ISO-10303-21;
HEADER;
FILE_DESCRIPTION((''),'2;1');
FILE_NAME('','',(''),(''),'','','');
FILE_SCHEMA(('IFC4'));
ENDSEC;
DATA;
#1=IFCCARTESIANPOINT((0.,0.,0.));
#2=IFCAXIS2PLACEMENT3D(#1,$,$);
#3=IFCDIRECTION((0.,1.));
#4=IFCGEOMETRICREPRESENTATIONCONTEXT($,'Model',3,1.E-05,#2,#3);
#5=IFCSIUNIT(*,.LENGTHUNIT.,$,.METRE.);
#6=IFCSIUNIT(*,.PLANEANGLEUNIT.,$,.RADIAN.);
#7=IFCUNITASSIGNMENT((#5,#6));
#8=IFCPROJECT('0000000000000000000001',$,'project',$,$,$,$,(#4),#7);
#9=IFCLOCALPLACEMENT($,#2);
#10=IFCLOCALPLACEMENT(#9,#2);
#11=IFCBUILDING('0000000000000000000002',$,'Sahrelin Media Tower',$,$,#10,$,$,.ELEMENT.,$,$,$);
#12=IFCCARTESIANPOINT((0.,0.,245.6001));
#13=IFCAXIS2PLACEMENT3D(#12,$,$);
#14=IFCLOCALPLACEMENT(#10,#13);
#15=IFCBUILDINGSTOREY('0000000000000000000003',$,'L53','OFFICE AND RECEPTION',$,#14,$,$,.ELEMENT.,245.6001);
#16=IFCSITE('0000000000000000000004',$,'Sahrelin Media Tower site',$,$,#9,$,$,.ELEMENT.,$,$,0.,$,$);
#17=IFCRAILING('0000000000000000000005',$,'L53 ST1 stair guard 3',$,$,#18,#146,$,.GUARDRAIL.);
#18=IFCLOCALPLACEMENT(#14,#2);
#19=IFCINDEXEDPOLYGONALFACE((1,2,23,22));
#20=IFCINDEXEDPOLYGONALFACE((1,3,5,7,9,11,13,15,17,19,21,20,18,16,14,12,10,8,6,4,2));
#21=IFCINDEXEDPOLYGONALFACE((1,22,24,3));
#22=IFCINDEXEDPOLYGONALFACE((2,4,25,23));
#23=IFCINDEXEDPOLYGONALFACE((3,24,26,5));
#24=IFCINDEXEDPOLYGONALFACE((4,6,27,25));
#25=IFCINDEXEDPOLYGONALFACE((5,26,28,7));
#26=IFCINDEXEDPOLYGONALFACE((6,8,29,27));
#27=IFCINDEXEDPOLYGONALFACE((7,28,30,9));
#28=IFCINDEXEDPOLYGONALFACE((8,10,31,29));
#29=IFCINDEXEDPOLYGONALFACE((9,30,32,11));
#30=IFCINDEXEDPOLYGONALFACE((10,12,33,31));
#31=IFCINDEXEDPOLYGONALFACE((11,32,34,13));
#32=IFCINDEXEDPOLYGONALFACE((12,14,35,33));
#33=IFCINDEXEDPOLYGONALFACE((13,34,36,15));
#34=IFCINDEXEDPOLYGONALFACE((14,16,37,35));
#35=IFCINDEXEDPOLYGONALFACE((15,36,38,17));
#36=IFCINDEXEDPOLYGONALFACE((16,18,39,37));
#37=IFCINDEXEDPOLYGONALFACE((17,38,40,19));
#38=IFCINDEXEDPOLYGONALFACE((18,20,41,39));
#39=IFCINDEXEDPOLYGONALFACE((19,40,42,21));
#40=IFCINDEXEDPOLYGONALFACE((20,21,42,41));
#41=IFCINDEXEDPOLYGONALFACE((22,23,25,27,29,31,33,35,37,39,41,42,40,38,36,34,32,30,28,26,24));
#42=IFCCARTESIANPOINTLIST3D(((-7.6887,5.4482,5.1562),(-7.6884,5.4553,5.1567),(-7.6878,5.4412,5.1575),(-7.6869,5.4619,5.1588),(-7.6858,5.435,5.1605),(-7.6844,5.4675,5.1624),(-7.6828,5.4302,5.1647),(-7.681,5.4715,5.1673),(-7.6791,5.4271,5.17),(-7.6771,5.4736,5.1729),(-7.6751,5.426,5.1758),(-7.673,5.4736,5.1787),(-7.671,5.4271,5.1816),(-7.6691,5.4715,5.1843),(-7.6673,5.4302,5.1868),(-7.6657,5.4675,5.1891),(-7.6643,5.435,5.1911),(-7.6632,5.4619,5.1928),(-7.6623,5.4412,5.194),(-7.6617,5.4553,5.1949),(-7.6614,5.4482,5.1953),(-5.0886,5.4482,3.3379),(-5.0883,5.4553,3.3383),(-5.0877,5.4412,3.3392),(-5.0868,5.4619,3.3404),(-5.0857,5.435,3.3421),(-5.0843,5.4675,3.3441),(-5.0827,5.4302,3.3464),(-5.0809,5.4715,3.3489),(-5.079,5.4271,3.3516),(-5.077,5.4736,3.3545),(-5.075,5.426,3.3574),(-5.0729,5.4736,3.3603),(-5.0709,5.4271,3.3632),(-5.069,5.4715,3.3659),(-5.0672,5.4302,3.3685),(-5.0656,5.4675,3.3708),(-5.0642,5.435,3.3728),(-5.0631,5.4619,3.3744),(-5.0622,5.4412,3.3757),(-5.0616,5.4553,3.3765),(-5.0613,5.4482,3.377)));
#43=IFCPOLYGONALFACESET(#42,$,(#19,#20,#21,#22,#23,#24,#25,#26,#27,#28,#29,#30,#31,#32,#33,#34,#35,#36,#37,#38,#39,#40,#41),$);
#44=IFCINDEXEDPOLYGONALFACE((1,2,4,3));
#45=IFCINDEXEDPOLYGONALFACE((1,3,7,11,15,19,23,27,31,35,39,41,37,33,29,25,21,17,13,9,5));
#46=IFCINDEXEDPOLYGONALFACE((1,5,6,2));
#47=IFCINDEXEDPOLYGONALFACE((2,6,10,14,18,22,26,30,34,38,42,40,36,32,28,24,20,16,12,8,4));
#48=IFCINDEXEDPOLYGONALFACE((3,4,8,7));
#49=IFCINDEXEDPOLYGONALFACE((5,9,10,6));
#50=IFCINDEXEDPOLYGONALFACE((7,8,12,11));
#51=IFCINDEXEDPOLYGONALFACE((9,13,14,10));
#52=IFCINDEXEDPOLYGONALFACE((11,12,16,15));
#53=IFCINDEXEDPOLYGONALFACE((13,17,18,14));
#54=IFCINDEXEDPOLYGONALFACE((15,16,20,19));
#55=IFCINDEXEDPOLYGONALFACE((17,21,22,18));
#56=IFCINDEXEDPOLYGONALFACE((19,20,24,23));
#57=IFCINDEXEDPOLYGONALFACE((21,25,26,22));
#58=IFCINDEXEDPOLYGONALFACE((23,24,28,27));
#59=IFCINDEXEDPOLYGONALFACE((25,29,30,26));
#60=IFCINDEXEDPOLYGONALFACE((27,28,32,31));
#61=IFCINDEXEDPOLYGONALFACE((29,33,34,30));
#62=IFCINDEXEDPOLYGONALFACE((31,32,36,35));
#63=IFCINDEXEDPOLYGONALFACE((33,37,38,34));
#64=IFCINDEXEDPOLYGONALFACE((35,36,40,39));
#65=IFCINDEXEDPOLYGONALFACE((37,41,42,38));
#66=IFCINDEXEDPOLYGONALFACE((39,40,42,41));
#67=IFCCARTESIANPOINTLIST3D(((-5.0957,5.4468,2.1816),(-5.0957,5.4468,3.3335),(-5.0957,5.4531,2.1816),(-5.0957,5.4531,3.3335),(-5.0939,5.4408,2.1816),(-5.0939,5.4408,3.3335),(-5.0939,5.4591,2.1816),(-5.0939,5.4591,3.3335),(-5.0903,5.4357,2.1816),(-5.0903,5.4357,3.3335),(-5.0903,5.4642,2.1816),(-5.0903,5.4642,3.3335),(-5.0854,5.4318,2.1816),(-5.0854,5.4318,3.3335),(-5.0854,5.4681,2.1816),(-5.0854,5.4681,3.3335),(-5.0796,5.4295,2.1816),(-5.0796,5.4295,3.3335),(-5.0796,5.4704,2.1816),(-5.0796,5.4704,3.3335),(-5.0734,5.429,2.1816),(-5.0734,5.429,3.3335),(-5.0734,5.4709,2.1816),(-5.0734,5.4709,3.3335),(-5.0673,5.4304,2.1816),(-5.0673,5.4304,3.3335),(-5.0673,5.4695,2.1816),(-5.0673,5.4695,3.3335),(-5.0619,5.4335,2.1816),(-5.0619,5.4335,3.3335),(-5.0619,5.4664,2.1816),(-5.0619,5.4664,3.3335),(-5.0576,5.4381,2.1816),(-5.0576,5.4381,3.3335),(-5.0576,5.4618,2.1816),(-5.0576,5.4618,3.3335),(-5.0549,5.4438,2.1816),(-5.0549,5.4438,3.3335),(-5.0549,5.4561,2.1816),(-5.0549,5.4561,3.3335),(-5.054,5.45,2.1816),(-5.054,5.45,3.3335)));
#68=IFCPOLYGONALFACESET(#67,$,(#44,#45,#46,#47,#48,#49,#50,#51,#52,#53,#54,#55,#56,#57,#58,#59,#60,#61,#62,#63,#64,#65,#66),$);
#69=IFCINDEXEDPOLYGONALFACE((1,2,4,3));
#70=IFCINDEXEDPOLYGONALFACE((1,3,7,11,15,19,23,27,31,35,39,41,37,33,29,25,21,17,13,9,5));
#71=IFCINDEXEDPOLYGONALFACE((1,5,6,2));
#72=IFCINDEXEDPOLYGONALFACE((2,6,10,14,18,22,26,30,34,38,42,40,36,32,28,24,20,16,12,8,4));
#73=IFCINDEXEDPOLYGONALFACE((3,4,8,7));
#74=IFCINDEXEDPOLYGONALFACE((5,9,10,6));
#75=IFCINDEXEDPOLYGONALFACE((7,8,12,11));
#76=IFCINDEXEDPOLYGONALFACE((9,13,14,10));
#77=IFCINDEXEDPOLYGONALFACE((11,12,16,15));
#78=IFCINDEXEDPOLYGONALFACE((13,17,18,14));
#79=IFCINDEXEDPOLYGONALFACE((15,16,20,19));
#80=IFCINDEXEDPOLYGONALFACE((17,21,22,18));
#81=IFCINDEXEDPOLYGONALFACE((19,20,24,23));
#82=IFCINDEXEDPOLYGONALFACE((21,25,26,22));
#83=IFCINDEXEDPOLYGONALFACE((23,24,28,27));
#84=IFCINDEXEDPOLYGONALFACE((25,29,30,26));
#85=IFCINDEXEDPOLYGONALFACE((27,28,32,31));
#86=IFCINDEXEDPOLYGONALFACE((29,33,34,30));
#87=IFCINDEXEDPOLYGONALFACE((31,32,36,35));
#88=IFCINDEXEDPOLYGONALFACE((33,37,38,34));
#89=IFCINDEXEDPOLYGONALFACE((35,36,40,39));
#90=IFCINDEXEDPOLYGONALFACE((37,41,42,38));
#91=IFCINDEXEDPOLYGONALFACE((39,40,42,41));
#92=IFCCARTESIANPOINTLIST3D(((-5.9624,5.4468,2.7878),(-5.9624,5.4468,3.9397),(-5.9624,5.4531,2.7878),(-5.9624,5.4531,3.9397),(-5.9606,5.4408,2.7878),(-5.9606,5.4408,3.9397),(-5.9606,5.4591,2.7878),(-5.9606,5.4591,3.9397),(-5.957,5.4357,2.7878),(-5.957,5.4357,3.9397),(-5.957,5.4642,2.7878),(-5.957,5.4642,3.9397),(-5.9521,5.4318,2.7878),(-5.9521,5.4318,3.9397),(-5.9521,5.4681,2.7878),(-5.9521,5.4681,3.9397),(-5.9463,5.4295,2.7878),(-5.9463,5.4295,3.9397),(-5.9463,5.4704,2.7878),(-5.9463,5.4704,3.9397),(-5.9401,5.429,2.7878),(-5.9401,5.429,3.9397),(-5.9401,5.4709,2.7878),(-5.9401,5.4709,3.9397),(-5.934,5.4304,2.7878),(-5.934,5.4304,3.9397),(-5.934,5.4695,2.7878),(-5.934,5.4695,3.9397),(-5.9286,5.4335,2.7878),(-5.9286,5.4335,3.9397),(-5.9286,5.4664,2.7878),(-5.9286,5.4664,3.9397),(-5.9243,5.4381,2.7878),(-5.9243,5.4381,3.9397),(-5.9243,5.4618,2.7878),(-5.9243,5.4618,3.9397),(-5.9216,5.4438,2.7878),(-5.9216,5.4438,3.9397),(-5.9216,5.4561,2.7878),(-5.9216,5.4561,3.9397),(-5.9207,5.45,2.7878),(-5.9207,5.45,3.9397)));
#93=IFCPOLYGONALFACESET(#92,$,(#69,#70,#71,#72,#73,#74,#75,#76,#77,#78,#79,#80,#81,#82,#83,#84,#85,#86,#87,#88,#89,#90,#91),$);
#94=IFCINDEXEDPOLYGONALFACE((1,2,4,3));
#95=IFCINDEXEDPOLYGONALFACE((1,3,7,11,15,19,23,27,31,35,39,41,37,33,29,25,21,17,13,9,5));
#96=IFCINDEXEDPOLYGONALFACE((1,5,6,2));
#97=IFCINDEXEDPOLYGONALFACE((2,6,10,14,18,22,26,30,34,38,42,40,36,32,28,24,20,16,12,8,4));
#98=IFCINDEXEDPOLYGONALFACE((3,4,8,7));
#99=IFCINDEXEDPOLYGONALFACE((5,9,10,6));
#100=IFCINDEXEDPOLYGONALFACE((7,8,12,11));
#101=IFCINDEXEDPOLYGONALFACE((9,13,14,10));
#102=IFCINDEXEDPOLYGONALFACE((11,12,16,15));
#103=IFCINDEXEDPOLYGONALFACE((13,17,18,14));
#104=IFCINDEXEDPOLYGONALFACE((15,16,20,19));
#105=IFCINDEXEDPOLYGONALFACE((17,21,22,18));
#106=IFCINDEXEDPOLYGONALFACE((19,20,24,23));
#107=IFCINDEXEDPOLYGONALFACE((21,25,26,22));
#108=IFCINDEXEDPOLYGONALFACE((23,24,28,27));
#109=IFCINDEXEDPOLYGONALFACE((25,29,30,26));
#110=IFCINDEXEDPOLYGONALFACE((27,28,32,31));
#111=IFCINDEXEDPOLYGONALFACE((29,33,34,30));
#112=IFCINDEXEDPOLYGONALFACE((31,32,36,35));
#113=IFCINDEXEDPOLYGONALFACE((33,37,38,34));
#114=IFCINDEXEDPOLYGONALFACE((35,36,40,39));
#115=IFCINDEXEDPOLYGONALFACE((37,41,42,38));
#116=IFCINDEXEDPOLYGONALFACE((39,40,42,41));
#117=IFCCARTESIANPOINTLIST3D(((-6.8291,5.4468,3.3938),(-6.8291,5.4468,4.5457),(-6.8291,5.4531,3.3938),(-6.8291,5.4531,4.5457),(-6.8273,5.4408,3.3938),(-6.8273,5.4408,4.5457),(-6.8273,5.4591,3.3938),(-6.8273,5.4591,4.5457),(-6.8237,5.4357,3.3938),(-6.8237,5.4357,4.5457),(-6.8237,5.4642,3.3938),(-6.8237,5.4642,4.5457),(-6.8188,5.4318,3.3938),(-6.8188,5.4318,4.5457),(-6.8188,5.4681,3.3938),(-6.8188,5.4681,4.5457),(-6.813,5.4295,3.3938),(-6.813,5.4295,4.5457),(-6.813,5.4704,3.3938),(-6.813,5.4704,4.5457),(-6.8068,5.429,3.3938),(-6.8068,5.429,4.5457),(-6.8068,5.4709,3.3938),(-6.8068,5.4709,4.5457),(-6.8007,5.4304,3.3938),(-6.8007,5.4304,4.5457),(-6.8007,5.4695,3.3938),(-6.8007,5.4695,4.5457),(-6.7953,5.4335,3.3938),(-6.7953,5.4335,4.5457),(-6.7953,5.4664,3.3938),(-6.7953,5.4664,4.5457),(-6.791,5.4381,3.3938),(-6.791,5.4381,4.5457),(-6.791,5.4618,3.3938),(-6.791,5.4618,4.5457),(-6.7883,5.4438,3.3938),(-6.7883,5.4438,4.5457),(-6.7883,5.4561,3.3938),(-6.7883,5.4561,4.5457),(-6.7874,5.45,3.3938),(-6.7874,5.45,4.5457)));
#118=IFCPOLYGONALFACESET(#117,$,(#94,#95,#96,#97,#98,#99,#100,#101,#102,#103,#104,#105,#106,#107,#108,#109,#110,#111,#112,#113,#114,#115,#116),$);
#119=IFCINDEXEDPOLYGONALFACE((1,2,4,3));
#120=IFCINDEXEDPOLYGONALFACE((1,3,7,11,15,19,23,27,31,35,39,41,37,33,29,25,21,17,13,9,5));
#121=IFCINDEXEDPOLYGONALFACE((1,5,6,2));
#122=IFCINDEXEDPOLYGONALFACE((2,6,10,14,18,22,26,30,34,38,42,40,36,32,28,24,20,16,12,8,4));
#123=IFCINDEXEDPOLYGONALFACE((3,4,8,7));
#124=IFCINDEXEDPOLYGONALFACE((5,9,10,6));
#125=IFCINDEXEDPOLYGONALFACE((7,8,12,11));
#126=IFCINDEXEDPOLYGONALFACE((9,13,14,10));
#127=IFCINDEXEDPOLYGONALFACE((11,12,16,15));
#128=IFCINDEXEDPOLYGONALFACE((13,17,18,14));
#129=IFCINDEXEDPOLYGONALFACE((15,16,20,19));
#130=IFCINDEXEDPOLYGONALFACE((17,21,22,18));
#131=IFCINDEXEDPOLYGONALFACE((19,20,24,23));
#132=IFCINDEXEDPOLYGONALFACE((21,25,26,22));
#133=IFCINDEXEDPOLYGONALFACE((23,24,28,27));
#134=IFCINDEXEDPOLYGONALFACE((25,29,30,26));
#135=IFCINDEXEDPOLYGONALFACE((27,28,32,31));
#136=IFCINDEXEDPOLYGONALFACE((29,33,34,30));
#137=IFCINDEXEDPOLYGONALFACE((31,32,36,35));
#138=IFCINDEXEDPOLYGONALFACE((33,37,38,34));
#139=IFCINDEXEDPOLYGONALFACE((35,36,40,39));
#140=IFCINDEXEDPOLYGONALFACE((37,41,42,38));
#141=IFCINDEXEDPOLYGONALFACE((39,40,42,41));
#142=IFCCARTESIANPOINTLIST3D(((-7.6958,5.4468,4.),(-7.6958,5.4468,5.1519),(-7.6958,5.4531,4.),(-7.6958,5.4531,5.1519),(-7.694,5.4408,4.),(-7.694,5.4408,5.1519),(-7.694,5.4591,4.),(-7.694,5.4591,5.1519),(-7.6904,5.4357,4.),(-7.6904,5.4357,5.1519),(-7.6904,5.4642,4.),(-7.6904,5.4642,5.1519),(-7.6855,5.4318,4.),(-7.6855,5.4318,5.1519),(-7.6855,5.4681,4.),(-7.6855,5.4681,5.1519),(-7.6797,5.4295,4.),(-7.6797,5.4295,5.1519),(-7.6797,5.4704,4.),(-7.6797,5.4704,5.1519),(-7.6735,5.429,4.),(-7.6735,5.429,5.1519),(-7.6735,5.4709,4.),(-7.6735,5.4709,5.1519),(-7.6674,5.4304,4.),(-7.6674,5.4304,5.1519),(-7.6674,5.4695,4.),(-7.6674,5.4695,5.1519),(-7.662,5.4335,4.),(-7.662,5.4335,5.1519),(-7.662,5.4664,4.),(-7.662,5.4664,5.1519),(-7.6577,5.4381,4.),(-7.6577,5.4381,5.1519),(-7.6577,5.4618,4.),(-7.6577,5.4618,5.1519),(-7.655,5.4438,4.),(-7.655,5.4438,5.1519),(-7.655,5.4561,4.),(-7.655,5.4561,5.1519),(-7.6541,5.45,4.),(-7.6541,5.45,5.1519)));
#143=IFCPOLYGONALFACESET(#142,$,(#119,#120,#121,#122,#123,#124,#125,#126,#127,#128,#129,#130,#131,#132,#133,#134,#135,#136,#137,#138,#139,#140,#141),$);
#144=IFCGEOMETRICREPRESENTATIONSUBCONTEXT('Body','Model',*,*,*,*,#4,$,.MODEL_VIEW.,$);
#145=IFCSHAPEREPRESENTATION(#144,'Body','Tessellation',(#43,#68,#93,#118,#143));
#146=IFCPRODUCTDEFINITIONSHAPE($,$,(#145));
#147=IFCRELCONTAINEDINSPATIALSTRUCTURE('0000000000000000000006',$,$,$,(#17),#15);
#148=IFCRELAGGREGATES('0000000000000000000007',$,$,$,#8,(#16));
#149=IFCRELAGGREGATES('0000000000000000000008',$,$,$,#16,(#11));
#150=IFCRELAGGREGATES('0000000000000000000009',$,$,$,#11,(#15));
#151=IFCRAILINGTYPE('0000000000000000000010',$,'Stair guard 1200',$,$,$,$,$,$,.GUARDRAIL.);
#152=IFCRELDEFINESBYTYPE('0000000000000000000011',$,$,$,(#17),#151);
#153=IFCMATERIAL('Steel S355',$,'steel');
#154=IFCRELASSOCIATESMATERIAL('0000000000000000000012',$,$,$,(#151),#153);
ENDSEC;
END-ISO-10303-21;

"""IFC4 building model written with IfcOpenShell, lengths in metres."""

from ifc_helpers import new_model, si_unit, direction, frame, origin, origin_2d, place, context, subcontext, project, spatial, circle, extrude, material, type_object, element, save


model = new_model("IFC4")

# Units and contexts
model_context = context("Model", 3, precision=1e-05, world=origin(), true_north=direction((0.0, 1.0)))
body_context = subcontext(model_context, "Body", "Model", "MODEL_VIEW")
ifc_project = project(units=[si_unit("LENGTHUNIT", "METRE"), si_unit("PLANEANGLEUNIT", "RADIAN")], contexts=[model_context])

# Site, building, storey
site_placement = place(None, origin())
site = spatial("IfcSite", under=ifc_project, at=site_placement, Name="Sahrelin Media Tower site", CompositionType="ELEMENT", RefElevation=0.0)
building_placement = place(site_placement, origin())
building = spatial("IfcBuilding", under=site, at=building_placement, Name="Sahrelin Media Tower", CompositionType="ELEMENT")
storey_placement = place(building_placement, frame((0.0, 0.0, 245.6001)))
storey = spatial("IfcBuildingStorey", under=building, at=storey_placement, Name="L53", Description="OFFICE AND RECEPTION", CompositionType="ELEMENT", Elevation=245.6001)

# Shared definitions
ifc_material_1 = material(Name="Steel S355", Category="steel")

# Railing
railing_type_1 = type_object("IfcRailingType", Name="Stair guard 1200", PredefinedType="GUARDRAIL", material=ifc_material_1)
railing_1_placement = place(storey_placement, frame((-5.075, 5.45, 2.1816)))
element("IfcRailing", 1, at=railing_1_placement, inside=storey, type_object=railing_type_1, Name="L53 ST1 stair guard 3", PredefinedType="GUARDRAIL", context=body_context, shape_type="SweptSolid", body=[
    extrude(circle(Radius=0.0239, at=origin_2d()), frame((0.0, 0.0, 1.1758), z_axis=(-0.819485, 0.0, 0.573101), x_axis=(0.0, -1.0, 0.0)), (0.0, 0.0, 1.0), 3.1729),
    extrude(circle(Radius=0.021, at=origin_2d()), origin(), (0.0, 0.0, 1.0), 1.1519),
    extrude(circle(Radius=0.021, at=origin_2d()), frame((-0.8667, 0.0, 0.6062)), (0.0, 0.0, 1.0), 1.1519),
    extrude(circle(Radius=0.021, at=origin_2d()), frame((-1.7334, 0.0, 1.2122)), (0.0, 0.0, 1.0), 1.1519),
    extrude(circle(Radius=0.021, at=origin_2d()), frame((-2.6001, 0.0, 1.8184)), (0.0, 0.0, 1.0), 1.1519),
])

save(model, "model.ifc")
